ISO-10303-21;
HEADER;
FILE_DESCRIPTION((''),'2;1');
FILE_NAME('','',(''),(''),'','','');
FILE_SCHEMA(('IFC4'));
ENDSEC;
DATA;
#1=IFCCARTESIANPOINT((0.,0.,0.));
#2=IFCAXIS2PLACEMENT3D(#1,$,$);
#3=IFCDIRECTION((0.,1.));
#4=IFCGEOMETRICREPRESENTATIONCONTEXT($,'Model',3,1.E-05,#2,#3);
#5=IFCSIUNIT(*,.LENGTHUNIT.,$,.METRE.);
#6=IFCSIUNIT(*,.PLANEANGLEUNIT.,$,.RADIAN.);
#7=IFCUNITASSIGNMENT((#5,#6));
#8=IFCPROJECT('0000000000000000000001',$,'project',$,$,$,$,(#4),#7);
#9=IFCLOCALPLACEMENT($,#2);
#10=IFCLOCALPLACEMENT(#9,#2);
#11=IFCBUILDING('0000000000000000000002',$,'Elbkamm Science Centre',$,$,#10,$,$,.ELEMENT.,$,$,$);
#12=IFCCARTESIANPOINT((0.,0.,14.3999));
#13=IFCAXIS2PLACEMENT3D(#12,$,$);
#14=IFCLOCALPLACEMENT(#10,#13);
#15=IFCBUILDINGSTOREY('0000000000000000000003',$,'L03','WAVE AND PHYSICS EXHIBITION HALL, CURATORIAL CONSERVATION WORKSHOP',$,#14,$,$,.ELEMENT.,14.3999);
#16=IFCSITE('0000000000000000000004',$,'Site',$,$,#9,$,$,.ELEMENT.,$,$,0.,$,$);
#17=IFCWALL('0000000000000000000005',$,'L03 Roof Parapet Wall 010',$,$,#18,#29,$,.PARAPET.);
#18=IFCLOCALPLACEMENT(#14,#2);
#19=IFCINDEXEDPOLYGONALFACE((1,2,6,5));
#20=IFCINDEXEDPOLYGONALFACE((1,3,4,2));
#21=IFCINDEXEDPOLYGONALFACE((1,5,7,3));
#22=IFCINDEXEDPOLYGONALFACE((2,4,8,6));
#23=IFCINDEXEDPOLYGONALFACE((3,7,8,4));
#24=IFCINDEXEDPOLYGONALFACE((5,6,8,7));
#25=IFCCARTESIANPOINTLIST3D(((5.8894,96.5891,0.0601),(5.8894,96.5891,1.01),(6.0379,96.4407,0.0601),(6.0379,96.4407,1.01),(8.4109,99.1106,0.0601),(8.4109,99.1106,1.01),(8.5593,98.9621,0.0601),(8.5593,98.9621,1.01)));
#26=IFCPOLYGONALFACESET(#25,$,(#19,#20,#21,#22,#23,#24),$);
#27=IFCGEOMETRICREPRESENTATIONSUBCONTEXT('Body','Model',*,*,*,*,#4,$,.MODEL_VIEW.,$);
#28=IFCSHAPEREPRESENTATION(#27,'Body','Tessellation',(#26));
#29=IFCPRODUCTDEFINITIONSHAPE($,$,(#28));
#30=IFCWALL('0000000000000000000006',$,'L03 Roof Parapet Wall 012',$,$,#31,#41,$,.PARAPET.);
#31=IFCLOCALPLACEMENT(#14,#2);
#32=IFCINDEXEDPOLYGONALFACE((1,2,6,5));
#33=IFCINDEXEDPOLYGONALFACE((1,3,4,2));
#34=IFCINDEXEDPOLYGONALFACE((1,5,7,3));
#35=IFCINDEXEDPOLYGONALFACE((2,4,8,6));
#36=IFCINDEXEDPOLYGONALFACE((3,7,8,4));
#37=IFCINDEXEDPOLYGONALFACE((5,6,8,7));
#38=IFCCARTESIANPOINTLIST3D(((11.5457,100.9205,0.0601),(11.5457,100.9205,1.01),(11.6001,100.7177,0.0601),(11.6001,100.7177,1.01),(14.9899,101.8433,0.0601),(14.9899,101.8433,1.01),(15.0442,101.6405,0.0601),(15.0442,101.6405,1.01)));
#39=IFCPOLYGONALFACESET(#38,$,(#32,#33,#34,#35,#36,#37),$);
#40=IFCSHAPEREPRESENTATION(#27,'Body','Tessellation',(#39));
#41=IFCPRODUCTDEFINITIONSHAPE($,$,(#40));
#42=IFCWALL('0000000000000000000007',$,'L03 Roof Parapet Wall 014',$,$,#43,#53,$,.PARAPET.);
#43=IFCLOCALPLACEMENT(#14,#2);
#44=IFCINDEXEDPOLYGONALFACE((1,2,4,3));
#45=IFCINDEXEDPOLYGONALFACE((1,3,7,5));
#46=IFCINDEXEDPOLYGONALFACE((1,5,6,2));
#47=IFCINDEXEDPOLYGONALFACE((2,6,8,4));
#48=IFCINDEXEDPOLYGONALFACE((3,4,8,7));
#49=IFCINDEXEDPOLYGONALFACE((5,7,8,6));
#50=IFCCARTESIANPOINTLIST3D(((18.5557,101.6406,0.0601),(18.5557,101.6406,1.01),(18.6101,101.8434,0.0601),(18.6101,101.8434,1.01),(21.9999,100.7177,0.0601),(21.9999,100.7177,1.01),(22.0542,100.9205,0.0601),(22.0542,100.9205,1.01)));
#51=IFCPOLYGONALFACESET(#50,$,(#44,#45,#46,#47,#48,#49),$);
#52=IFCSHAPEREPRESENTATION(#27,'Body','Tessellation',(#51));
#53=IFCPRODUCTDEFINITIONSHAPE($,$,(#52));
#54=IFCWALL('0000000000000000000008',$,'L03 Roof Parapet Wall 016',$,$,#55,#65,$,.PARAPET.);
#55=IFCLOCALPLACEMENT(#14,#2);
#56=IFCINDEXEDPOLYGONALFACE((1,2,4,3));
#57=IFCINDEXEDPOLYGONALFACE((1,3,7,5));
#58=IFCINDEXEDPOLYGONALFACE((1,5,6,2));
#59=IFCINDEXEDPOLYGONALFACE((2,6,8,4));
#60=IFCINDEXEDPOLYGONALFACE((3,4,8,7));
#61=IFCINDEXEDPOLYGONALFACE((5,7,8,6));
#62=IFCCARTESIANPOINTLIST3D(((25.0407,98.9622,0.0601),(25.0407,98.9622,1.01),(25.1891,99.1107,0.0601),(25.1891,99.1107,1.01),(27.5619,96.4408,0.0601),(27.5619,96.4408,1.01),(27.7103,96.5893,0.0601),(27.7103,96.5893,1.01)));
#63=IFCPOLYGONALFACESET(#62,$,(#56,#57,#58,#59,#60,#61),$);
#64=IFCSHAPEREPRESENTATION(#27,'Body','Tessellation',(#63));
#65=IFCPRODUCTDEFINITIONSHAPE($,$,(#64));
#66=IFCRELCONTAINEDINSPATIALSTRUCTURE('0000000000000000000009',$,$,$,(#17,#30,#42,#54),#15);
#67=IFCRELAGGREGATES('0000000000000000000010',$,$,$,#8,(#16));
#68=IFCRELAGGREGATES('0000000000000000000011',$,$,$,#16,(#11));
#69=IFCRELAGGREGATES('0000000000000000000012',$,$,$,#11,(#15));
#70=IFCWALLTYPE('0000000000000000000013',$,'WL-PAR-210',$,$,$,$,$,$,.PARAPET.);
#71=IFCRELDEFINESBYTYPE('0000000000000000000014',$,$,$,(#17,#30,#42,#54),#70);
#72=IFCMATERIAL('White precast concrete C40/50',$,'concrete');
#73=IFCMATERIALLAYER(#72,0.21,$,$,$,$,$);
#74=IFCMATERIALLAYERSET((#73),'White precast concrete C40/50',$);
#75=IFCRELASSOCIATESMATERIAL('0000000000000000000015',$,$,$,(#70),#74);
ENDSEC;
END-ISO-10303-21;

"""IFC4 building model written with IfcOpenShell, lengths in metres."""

from ifc_helpers import new_model, si_unit, direction, frame, frame_2d, origin, place, context, subcontext, project, spatial, rectangle, extrude, material, layer, layer_set, type_object, element, save


model = new_model("IFC4")

# Units and contexts
model_context = context("Model", 3, precision=1e-05, world=origin(), true_north=direction((0.0, 1.0)))
body_context = subcontext(model_context, "Body", "Model", "MODEL_VIEW")
ifc_project = project(units=[si_unit("LENGTHUNIT", "METRE"), si_unit("PLANEANGLEUNIT", "RADIAN")], contexts=[model_context])

# Site, building, storey
site_placement = place(None, origin())
site = spatial("IfcSite", under=ifc_project, at=site_placement, Name="Site", CompositionType="ELEMENT", RefElevation=0.0)
building_placement = place(site_placement, origin())
building = spatial("IfcBuilding", under=site, at=building_placement, Name="Elbkamm Science Centre", CompositionType="ELEMENT")
storey_placement = place(building_placement, frame((0.0, 0.0, 14.3999)))
storey = spatial("IfcBuildingStorey", under=building, at=storey_placement, Name="L03", Description="WAVE AND PHYSICS EXHIBITION HALL, CURATORIAL CONSERVATION WORKSHOP", CompositionType="ELEMENT", Elevation=14.3999)

# Walls
ifc_material_1 = material(Name="White precast concrete C40/50", Category="concrete")
ifc_layer_1 = layer(ifc_material_1, 0.21)
ifc_layer_set_1 = layer_set([ifc_layer_1], Name="White precast concrete C40/50")
wall_type_1 = type_object("IfcWallType", Name="WL-PAR-210", PredefinedType="PARAPET", material=ifc_layer_set_1)
wall_1_placement = place(storey_placement, frame((5.9636, 96.5149, 0.0601), z_axis=(0.0, 0.0, 1.0), x_axis=(0.707107, 0.707107, 0.0)))
element("IfcWall", 1, at=wall_1_placement, inside=storey, type_object=wall_type_1, Name="L03 Roof Parapet Wall 010", PredefinedType="PARAPET", context=body_context, shape_type="SweptSolid", body=[
    extrude(rectangle(XDim=3.5659, YDim=0.21, at=frame_2d((1.783, 0.0))), origin(), (0.0, 0.0, 1.0), 0.95),
])
for number, where, z_axis, x_axis, name in (
    (2, (11.573, 100.8191, 0.0601), (0.0, 0.0, 1.0), (0.965925, 0.258822, 0.0), "L03 Roof Parapet Wall 012"),
    (3, (18.583, 101.7419, 0.0601), (0.0, 0.0, 1.0), (0.965925, -0.258822, 0.0), "L03 Roof Parapet Wall 014"),
    (4, (25.115, 99.0364, 0.0601), (0.0, 0.0, 1.0), (0.707073, -0.707141, 0.0), "L03 Roof Parapet Wall 016"),
):
    element("IfcWall", number, at=place(storey_placement, frame(where, z_axis=z_axis, x_axis=x_axis)), inside=storey, type_object=wall_type_1, Name=name, PredefinedType="PARAPET", context=body_context, shape_type="SweptSolid", body=[
        extrude(rectangle(XDim=3.5657, YDim=0.21, at=frame_2d((1.7827, 0.0))), origin(), (0.0, 0.0, 1.0), 0.95),
    ])

save(model, "model.ifc")
